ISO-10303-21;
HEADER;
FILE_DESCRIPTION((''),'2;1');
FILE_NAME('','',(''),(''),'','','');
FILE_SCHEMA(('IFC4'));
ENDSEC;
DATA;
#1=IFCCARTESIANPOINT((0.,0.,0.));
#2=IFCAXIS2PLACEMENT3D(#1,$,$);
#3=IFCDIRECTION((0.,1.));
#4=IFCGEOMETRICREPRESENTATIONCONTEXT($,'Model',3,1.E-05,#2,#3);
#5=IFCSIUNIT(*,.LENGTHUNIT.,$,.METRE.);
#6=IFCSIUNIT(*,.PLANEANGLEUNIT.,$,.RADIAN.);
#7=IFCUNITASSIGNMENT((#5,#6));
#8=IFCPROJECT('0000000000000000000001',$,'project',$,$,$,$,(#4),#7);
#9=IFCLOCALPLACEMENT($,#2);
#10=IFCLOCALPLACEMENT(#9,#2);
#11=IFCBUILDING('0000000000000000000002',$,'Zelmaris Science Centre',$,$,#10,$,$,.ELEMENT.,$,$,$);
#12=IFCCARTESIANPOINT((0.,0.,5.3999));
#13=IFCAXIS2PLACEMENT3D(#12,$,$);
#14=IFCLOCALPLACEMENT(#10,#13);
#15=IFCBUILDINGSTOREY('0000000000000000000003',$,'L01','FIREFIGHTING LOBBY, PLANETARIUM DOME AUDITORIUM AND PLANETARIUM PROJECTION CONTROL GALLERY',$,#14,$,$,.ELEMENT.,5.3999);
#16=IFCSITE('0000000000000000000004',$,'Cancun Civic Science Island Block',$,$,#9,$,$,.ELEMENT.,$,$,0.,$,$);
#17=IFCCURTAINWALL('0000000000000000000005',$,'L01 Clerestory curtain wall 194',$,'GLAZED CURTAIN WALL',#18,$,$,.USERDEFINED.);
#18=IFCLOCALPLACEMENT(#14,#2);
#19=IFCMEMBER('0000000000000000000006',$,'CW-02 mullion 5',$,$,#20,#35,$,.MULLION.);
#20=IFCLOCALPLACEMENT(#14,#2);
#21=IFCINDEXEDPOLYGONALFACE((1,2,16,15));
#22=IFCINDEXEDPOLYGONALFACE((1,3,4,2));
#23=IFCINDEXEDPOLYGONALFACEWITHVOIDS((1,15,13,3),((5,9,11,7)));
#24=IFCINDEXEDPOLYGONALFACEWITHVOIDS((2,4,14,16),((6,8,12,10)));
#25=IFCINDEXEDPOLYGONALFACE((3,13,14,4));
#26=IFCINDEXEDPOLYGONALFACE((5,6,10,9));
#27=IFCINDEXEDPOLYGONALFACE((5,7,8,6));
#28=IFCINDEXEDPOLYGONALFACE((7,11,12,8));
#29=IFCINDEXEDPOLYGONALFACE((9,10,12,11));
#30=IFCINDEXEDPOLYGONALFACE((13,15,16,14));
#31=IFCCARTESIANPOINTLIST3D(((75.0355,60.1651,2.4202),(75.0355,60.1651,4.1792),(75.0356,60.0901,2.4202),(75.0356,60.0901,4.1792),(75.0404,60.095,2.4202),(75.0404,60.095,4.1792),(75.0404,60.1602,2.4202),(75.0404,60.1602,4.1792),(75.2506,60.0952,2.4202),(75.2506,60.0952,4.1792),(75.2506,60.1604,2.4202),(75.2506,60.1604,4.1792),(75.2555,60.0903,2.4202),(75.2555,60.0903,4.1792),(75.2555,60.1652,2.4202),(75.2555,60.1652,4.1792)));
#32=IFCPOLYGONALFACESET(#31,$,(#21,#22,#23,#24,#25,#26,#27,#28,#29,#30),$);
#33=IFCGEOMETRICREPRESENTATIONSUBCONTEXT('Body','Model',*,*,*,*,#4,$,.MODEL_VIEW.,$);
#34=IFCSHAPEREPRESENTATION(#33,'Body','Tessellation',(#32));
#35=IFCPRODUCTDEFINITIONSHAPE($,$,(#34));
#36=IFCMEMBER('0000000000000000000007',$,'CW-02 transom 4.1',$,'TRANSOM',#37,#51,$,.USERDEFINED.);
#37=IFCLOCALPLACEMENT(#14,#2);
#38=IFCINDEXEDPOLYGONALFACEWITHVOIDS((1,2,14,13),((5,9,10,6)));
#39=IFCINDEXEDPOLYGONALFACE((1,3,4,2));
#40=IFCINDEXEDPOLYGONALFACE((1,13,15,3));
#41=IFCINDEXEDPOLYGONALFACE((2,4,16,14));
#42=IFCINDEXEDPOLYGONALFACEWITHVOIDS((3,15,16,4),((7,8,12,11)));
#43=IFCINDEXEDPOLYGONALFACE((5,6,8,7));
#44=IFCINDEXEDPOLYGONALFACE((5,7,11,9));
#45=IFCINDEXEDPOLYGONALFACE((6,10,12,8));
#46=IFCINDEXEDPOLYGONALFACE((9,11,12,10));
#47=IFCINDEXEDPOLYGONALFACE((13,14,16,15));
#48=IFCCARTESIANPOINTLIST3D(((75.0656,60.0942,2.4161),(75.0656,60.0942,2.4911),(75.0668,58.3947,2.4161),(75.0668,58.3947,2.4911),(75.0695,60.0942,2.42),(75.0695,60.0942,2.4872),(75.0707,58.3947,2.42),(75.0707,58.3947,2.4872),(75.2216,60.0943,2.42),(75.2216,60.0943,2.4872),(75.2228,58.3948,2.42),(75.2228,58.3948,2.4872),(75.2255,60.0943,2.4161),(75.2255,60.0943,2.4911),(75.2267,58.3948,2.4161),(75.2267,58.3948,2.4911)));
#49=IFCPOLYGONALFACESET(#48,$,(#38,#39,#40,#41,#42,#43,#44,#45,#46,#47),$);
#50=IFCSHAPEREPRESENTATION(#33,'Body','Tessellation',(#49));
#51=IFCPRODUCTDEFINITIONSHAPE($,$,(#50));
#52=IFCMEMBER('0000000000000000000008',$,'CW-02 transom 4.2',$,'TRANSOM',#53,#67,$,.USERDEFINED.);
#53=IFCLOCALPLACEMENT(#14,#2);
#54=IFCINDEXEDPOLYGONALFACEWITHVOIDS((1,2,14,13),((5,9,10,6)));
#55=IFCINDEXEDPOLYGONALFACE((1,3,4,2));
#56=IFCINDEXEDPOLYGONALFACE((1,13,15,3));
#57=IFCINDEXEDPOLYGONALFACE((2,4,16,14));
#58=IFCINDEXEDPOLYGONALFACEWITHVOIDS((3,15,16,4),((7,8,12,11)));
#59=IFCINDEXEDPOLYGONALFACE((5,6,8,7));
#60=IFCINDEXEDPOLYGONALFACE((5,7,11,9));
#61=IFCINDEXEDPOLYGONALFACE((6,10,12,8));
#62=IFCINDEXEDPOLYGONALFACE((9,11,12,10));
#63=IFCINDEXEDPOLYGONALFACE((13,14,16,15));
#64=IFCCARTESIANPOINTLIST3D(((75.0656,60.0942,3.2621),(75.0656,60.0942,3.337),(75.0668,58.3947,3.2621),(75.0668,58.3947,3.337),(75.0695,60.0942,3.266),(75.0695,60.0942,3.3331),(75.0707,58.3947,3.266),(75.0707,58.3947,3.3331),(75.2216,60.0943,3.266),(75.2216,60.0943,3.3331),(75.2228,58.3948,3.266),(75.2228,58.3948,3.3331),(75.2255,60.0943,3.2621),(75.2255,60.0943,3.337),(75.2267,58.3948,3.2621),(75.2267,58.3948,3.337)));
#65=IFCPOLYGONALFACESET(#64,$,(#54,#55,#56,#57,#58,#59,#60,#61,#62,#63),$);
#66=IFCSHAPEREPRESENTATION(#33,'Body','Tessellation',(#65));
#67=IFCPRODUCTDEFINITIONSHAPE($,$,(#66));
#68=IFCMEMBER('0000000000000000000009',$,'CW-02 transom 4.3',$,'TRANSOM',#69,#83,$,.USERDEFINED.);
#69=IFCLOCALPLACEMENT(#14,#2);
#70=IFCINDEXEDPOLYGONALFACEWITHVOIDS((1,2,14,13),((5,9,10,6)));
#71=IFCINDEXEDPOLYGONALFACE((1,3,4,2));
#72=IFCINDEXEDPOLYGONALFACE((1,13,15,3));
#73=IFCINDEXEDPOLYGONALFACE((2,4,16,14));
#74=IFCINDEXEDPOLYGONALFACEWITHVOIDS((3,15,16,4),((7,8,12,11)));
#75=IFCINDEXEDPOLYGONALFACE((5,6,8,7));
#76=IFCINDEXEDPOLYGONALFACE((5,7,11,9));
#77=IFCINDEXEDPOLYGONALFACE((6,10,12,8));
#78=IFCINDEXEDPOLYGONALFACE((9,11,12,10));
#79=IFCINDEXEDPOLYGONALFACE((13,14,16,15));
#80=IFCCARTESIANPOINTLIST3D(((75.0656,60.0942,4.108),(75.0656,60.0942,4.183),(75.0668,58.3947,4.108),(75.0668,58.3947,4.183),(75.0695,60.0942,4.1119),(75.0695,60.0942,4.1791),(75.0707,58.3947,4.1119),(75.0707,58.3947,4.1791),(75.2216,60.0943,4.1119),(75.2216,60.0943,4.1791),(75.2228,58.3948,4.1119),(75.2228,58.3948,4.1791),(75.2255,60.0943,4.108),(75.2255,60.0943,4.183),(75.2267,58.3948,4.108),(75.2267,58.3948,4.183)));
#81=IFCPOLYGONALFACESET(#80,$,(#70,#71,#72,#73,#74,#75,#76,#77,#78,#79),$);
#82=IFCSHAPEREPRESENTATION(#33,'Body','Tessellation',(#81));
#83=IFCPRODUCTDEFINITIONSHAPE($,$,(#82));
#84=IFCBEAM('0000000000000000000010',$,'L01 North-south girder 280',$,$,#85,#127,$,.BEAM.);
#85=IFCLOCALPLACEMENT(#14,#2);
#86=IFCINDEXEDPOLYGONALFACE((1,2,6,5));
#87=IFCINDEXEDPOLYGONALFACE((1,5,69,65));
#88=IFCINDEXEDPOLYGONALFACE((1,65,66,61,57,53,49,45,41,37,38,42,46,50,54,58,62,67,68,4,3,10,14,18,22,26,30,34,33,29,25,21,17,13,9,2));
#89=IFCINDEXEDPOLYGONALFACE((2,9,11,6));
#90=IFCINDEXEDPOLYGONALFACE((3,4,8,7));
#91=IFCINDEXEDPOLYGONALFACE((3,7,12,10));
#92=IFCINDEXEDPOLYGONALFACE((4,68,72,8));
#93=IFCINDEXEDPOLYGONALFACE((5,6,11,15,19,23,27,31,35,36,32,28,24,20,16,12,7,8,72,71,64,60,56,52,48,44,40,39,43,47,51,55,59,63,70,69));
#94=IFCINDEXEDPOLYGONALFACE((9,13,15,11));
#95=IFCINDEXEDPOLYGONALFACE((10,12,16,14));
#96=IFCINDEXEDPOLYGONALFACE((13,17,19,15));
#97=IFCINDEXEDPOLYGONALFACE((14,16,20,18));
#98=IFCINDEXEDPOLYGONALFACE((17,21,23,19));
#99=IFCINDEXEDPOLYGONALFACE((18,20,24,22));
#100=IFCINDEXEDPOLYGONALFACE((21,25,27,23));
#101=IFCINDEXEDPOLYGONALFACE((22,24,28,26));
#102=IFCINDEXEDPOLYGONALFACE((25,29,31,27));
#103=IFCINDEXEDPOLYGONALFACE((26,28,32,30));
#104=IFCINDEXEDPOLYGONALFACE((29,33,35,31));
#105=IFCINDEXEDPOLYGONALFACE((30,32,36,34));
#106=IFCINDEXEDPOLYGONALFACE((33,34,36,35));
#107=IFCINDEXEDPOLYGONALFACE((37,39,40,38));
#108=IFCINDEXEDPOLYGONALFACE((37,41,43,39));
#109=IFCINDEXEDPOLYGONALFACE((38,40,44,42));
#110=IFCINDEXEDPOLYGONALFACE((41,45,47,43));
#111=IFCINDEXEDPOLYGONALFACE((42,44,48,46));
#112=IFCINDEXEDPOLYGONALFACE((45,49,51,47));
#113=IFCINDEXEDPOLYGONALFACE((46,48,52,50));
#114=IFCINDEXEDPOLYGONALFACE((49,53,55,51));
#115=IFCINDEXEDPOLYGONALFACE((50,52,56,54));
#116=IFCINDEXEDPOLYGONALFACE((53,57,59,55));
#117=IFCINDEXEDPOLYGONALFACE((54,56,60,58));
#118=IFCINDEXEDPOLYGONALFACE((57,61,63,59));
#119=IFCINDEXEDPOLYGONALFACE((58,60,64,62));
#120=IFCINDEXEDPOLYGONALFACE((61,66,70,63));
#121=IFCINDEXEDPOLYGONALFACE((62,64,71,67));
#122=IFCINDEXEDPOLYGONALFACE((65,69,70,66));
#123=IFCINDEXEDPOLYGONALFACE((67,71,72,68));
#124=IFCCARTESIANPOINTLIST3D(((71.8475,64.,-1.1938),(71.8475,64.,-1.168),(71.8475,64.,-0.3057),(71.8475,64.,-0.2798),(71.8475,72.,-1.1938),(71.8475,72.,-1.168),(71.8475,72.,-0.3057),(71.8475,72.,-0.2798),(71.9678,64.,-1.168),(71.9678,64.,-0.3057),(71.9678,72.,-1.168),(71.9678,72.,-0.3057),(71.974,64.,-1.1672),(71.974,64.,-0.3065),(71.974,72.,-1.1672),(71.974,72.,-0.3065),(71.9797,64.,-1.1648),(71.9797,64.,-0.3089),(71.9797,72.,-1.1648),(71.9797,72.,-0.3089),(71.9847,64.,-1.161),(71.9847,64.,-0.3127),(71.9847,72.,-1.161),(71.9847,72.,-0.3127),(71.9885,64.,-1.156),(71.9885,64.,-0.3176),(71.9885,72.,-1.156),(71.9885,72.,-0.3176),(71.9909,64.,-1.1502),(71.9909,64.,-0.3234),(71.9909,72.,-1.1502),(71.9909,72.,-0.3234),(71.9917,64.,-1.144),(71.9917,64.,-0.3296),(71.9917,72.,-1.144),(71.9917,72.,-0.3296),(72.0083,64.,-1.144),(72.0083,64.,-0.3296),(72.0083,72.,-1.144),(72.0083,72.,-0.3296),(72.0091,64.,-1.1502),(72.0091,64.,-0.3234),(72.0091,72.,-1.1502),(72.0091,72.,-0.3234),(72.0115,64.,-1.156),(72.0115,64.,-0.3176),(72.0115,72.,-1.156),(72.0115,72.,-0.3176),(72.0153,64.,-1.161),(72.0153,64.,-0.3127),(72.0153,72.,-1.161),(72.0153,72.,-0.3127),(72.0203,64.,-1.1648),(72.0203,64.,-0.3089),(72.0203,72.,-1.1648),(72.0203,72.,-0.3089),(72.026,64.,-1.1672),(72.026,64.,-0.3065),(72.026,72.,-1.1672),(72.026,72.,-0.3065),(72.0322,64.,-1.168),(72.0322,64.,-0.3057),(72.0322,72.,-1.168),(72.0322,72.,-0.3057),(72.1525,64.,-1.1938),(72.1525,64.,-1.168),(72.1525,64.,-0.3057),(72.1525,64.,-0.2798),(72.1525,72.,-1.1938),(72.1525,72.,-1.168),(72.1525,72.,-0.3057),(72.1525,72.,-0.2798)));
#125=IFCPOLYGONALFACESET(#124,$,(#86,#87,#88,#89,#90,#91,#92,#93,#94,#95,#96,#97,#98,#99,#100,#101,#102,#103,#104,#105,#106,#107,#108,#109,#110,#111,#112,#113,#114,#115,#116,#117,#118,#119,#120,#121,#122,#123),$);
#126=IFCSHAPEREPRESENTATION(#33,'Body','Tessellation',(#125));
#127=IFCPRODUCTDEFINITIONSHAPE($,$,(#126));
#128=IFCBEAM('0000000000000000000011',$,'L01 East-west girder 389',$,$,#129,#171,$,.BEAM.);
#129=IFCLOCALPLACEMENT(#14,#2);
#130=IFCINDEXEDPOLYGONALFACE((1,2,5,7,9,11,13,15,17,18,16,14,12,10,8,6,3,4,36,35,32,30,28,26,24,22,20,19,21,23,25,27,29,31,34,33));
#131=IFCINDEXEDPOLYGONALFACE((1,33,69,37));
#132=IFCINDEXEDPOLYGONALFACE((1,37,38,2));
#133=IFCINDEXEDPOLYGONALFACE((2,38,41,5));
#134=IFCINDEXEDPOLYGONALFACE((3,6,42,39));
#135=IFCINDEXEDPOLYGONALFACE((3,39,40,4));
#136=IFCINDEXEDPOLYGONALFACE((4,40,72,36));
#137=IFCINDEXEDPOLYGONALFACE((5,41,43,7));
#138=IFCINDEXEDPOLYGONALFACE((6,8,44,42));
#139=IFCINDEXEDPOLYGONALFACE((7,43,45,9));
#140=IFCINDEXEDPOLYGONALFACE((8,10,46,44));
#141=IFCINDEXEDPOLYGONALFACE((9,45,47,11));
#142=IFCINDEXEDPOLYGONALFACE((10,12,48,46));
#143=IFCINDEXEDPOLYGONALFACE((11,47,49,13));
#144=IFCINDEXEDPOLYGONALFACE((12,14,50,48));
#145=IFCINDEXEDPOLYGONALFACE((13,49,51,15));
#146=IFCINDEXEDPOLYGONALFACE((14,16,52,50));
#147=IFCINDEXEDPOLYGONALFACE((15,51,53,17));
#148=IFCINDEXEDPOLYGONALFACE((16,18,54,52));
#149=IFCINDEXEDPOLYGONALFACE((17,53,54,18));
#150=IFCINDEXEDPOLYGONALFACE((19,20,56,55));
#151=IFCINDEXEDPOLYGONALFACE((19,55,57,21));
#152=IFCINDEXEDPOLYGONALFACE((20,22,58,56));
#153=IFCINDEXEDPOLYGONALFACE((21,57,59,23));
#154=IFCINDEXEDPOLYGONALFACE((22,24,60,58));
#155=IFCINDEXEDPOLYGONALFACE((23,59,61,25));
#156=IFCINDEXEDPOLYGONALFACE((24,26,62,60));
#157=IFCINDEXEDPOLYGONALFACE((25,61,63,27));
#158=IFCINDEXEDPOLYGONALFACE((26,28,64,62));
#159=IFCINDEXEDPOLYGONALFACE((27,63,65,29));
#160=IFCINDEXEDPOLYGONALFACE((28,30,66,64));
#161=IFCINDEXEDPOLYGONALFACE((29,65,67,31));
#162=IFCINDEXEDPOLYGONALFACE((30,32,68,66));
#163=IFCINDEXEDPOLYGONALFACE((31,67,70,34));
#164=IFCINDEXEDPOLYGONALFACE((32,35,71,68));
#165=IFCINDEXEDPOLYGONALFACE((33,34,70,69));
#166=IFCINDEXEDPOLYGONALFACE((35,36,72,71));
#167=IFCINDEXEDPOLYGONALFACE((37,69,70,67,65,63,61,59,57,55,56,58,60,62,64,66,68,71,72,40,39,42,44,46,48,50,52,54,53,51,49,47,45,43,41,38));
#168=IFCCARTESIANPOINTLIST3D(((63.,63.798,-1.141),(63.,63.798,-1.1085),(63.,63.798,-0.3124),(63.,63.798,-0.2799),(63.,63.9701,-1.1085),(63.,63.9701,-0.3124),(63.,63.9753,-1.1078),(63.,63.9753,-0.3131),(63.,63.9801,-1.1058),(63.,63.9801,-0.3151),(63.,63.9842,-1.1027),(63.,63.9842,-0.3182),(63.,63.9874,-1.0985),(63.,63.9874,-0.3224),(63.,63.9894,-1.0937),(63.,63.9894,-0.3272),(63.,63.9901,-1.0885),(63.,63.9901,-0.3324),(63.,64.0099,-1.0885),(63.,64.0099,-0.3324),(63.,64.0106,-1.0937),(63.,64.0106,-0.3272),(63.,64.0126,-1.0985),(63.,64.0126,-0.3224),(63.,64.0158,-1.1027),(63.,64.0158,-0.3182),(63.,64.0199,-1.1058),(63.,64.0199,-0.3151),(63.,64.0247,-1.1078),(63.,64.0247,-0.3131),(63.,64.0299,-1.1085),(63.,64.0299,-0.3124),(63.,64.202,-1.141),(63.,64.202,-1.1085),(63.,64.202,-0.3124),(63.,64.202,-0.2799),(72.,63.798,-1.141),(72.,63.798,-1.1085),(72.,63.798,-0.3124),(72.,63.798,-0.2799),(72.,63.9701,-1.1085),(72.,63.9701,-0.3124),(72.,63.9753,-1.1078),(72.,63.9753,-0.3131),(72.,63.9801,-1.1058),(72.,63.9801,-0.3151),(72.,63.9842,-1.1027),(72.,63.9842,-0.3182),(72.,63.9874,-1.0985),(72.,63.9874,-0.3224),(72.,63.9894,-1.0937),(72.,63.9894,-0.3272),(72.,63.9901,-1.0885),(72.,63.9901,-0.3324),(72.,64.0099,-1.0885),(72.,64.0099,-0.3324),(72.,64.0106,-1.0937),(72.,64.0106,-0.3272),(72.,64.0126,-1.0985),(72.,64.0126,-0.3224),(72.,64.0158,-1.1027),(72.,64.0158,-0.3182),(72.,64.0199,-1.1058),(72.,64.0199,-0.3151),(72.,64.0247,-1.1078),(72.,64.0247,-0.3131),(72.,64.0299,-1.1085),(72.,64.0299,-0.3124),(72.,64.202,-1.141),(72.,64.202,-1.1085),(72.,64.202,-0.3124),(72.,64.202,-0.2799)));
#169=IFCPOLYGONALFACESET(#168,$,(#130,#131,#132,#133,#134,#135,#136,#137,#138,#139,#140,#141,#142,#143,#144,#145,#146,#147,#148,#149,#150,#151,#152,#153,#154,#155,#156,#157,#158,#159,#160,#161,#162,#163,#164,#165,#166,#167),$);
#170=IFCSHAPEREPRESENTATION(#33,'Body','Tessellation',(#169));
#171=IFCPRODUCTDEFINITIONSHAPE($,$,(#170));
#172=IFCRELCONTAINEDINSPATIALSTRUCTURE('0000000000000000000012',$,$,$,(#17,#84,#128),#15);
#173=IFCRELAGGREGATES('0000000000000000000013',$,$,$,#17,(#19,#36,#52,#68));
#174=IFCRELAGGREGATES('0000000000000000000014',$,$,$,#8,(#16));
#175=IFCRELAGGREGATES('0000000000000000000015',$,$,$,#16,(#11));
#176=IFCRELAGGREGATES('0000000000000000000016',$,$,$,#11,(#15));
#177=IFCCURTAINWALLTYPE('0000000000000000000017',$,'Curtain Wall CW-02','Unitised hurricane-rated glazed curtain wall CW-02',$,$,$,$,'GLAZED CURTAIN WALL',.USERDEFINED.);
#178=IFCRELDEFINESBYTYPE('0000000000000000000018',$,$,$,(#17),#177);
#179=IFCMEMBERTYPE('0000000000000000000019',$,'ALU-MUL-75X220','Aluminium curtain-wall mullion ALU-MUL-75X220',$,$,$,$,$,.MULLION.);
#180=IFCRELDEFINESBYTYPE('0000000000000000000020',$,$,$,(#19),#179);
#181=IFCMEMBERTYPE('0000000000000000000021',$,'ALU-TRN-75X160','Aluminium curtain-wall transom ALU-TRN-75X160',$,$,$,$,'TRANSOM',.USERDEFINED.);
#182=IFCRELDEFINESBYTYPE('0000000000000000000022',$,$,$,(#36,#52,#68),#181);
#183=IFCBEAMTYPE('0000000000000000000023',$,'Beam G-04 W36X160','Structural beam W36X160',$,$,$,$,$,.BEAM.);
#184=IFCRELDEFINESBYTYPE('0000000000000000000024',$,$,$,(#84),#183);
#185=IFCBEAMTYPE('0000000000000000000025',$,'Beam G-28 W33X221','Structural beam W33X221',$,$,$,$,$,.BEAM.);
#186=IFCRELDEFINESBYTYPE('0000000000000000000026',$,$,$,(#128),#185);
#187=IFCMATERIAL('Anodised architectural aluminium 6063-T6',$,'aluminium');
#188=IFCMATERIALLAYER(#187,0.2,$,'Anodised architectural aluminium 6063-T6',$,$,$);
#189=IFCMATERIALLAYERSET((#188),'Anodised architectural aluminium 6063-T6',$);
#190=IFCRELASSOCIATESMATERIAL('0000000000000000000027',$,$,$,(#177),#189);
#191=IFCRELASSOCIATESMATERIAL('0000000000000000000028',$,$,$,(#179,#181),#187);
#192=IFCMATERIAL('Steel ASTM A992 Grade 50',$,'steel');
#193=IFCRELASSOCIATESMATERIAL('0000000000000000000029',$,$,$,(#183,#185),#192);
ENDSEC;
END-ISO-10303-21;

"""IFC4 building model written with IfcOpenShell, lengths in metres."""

from ifc_helpers import new_model, si_unit, direction, frame, origin, origin_2d, place, context, subcontext, project, spatial, hollow_rectangle, i_section, extrude, material, layer, layer_set, material_profile, profile_set, type_object, element, aggregate, save


model = new_model("IFC4")

# Units and contexts
model_context = context("Model", 3, precision=1e-05, world=origin(), true_north=direction((0.0, 1.0)))
body_context = subcontext(model_context, "Body", "Model", "MODEL_VIEW")
ifc_project = project(units=[si_unit("LENGTHUNIT", "METRE"), si_unit("PLANEANGLEUNIT", "RADIAN")], contexts=[model_context])

# Site, building, storey
site_placement = place(None, origin())
site = spatial("IfcSite", under=ifc_project, at=site_placement, Name="Cancun Civic Science Island Block", CompositionType="ELEMENT", RefElevation=0.0)
building_placement = place(site_placement, origin())
building = spatial("IfcBuilding", under=site, at=building_placement, Name="Zelmaris Science Centre", CompositionType="ELEMENT")
storey_placement = place(building_placement, frame((0.0, 0.0, 5.3999)))
storey = spatial("IfcBuildingStorey", under=building, at=storey_placement, Name="L01", Description="FIREFIGHTING LOBBY, PLANETARIUM DOME AUDITORIUM AND PLANETARIUM PROJECTION CONTROL GALLERY", CompositionType="ELEMENT", Elevation=5.3999)

# Shared definitions
ifc_material_1 = material(Name="Steel ASTM A992 Grade 50", Category="steel")

# Curtain wall, members
ifc_material_2 = material(Name="Anodised architectural aluminium 6063-T6", Category="aluminium")
ifc_layer_1 = layer(ifc_material_2, 0.2, Name="Anodised architectural aluminium 6063-T6")
ifc_layer_set_1 = layer_set([ifc_layer_1], Name="Anodised architectural aluminium 6063-T6")
curtain_wall_type = type_object("IfcCurtainWallType", Name="Curtain Wall CW-02", Description="Unitised hurricane-rated glazed curtain wall CW-02", ElementType="GLAZED CURTAIN WALL", PredefinedType="USERDEFINED", material=ifc_layer_set_1)
curtain_wall_placement = place(storey_placement, origin())
curtain_wall = element("IfcCurtainWall", 1, at=curtain_wall_placement, inside=storey, type_object=curtain_wall_type, Name="L01 Clerestory curtain wall 194", ObjectType="GLAZED CURTAIN WALL", PredefinedType="USERDEFINED")
ifc_material_profile_1 = material_profile(ifc_material_2, hollow_rectangle(XDim=0.075, YDim=0.22, WallThickness=0.0049, at=origin_2d()), Name="ALU-MUL-75X220")
ifc_profile_set_1 = profile_set([ifc_material_profile_1], Name="Anodised architectural aluminium 6063-T6")
member_type_1 = type_object("IfcMemberType", Name="ALU-MUL-75X220", Description="Aluminium curtain-wall mullion ALU-MUL-75X220", PredefinedType="MULLION", material=ifc_profile_set_1)
member_1_placement = place(storey_placement, frame((75.1455, 60.1277, 2.4202), z_axis=(0.0, 0.0, 1.0), x_axis=(-0.000778, 1.0, 0.0)))
member_1 = element("IfcMember", 2, at=member_1_placement, type_object=member_type_1, Name="CW-02 mullion 5", PredefinedType="MULLION", context=body_context, shape_type="SweptSolid", body=[
    extrude(hollow_rectangle(XDim=0.075, YDim=0.22, WallThickness=0.0049, at=origin_2d()), origin(), (0.0, 0.0, 1.0), 1.759),
])
ifc_material_profile_2 = material_profile(ifc_material_2, hollow_rectangle(XDim=0.075, YDim=0.1599, WallThickness=0.0039, at=origin_2d()), Name="ALU-TRN-75X160")
ifc_profile_set_2 = profile_set([ifc_material_profile_2], Name="Anodised architectural aluminium 6063-T6")
member_type_2 = type_object("IfcMemberType", Name="ALU-TRN-75X160", Description="Aluminium curtain-wall transom ALU-TRN-75X160", ElementType="TRANSOM", PredefinedType="USERDEFINED", material=ifc_profile_set_2)
member_2_placement = place(storey_placement, frame((75.1467, 58.3948, 2.4536), z_axis=(-0.000718, 1.0, 0.0), x_axis=(0.0, 0.0, 1.0)))
member_2 = element("IfcMember", 3, at=member_2_placement, type_object=member_type_2, Name="CW-02 transom 4.1", ObjectType="TRANSOM", PredefinedType="USERDEFINED", context=body_context, shape_type="SweptSolid", body=[
    extrude(hollow_rectangle(XDim=0.075, YDim=0.1599, WallThickness=0.0039, at=origin_2d()), origin(), (0.0, 0.0, 1.0), 1.6995),
])
member_3_placement = place(storey_placement, frame((75.1467, 58.3948, 3.2996), z_axis=(-0.000718, 1.0, 0.0), x_axis=(0.0, 0.0, 1.0)))
member_3 = element("IfcMember", 4, at=member_3_placement, type_object=member_type_2, Name="CW-02 transom 4.2", ObjectType="TRANSOM", PredefinedType="USERDEFINED", context=body_context, shape_type="SweptSolid", body=[
    extrude(hollow_rectangle(XDim=0.075, YDim=0.1599, WallThickness=0.0039, at=origin_2d()), origin(), (0.0, 0.0, 1.0), 1.6995),
])
member_4_placement = place(storey_placement, frame((75.1467, 58.3948, 4.1455), z_axis=(-0.000718, 1.0, 0.0), x_axis=(0.0, 0.0, 1.0)))
member_4 = element("IfcMember", 5, at=member_4_placement, type_object=member_type_2, Name="CW-02 transom 4.3", ObjectType="TRANSOM", PredefinedType="USERDEFINED", context=body_context, shape_type="SweptSolid", body=[
    extrude(hollow_rectangle(XDim=0.075, YDim=0.1599, WallThickness=0.0039, at=origin_2d()), origin(), (0.0, 0.0, 1.0), 1.6995),
])

# Beams
ifc_material_profile_3 = material_profile(ifc_material_1, i_section(OverallWidth=0.3049, OverallDepth=0.9141, WebThickness=0.0166, FlangeThickness=0.0259, FilletRadius=0.0239, at=origin_2d()), Name="W36X160")
ifc_profile_set_3 = profile_set([ifc_material_profile_3], Name="Steel ASTM A992 Grade 50")
beam_type_1 = type_object("IfcBeamType", Name="Beam G-04 W36X160", Description="Structural beam W36X160", PredefinedType="BEAM", material=ifc_profile_set_3)
beam_1_placement = place(storey_placement, frame((72.0, 64.0, -0.7368), z_axis=(0.0, 1.0, 0.0), x_axis=(-1.0, 0.0, 0.0)))
element("IfcBeam", 6, at=beam_1_placement, inside=storey, type_object=beam_type_1, Name="L01 North-south girder 280", PredefinedType="BEAM", context=body_context, shape_type="SweptSolid", body=[
    extrude(i_section(OverallWidth=0.3049, OverallDepth=0.9141, WebThickness=0.0166, FlangeThickness=0.0259, FilletRadius=0.0239, at=origin_2d()), origin(), (0.0, 0.0, 1.0), 8.0),
])
ifc_material_profile_4 = material_profile(ifc_material_1, i_section(OverallWidth=0.4041, OverallDepth=0.8611, WebThickness=0.0198, FlangeThickness=0.0325, FilletRadius=0.02, at=origin_2d()), Name="W33X221")
ifc_profile_set_4 = profile_set([ifc_material_profile_4], Name="Steel ASTM A992 Grade 50")
beam_type_2 = type_object("IfcBeamType", Name="Beam G-28 W33X221", Description="Structural beam W33X221", PredefinedType="BEAM", material=ifc_profile_set_4)
beam_2_placement = place(storey_placement, frame((63.0, 64.0, -0.7104), z_axis=(1.0, 0.0, 0.0), x_axis=(0.0, 1.0, 0.0)))
element("IfcBeam", 7, at=beam_2_placement, inside=storey, type_object=beam_type_2, Name="L01 East-west girder 389", PredefinedType="BEAM", context=body_context, shape_type="SweptSolid", body=[
    extrude(i_section(OverallWidth=0.4041, OverallDepth=0.8611, WebThickness=0.0198, FlangeThickness=0.0325, FilletRadius=0.02, at=origin_2d()), origin(), (0.0, 0.0, 1.0), 9.0),
])

aggregate(curtain_wall, [member_1, member_2, member_3, member_4])

save(model, "model.ifc")
